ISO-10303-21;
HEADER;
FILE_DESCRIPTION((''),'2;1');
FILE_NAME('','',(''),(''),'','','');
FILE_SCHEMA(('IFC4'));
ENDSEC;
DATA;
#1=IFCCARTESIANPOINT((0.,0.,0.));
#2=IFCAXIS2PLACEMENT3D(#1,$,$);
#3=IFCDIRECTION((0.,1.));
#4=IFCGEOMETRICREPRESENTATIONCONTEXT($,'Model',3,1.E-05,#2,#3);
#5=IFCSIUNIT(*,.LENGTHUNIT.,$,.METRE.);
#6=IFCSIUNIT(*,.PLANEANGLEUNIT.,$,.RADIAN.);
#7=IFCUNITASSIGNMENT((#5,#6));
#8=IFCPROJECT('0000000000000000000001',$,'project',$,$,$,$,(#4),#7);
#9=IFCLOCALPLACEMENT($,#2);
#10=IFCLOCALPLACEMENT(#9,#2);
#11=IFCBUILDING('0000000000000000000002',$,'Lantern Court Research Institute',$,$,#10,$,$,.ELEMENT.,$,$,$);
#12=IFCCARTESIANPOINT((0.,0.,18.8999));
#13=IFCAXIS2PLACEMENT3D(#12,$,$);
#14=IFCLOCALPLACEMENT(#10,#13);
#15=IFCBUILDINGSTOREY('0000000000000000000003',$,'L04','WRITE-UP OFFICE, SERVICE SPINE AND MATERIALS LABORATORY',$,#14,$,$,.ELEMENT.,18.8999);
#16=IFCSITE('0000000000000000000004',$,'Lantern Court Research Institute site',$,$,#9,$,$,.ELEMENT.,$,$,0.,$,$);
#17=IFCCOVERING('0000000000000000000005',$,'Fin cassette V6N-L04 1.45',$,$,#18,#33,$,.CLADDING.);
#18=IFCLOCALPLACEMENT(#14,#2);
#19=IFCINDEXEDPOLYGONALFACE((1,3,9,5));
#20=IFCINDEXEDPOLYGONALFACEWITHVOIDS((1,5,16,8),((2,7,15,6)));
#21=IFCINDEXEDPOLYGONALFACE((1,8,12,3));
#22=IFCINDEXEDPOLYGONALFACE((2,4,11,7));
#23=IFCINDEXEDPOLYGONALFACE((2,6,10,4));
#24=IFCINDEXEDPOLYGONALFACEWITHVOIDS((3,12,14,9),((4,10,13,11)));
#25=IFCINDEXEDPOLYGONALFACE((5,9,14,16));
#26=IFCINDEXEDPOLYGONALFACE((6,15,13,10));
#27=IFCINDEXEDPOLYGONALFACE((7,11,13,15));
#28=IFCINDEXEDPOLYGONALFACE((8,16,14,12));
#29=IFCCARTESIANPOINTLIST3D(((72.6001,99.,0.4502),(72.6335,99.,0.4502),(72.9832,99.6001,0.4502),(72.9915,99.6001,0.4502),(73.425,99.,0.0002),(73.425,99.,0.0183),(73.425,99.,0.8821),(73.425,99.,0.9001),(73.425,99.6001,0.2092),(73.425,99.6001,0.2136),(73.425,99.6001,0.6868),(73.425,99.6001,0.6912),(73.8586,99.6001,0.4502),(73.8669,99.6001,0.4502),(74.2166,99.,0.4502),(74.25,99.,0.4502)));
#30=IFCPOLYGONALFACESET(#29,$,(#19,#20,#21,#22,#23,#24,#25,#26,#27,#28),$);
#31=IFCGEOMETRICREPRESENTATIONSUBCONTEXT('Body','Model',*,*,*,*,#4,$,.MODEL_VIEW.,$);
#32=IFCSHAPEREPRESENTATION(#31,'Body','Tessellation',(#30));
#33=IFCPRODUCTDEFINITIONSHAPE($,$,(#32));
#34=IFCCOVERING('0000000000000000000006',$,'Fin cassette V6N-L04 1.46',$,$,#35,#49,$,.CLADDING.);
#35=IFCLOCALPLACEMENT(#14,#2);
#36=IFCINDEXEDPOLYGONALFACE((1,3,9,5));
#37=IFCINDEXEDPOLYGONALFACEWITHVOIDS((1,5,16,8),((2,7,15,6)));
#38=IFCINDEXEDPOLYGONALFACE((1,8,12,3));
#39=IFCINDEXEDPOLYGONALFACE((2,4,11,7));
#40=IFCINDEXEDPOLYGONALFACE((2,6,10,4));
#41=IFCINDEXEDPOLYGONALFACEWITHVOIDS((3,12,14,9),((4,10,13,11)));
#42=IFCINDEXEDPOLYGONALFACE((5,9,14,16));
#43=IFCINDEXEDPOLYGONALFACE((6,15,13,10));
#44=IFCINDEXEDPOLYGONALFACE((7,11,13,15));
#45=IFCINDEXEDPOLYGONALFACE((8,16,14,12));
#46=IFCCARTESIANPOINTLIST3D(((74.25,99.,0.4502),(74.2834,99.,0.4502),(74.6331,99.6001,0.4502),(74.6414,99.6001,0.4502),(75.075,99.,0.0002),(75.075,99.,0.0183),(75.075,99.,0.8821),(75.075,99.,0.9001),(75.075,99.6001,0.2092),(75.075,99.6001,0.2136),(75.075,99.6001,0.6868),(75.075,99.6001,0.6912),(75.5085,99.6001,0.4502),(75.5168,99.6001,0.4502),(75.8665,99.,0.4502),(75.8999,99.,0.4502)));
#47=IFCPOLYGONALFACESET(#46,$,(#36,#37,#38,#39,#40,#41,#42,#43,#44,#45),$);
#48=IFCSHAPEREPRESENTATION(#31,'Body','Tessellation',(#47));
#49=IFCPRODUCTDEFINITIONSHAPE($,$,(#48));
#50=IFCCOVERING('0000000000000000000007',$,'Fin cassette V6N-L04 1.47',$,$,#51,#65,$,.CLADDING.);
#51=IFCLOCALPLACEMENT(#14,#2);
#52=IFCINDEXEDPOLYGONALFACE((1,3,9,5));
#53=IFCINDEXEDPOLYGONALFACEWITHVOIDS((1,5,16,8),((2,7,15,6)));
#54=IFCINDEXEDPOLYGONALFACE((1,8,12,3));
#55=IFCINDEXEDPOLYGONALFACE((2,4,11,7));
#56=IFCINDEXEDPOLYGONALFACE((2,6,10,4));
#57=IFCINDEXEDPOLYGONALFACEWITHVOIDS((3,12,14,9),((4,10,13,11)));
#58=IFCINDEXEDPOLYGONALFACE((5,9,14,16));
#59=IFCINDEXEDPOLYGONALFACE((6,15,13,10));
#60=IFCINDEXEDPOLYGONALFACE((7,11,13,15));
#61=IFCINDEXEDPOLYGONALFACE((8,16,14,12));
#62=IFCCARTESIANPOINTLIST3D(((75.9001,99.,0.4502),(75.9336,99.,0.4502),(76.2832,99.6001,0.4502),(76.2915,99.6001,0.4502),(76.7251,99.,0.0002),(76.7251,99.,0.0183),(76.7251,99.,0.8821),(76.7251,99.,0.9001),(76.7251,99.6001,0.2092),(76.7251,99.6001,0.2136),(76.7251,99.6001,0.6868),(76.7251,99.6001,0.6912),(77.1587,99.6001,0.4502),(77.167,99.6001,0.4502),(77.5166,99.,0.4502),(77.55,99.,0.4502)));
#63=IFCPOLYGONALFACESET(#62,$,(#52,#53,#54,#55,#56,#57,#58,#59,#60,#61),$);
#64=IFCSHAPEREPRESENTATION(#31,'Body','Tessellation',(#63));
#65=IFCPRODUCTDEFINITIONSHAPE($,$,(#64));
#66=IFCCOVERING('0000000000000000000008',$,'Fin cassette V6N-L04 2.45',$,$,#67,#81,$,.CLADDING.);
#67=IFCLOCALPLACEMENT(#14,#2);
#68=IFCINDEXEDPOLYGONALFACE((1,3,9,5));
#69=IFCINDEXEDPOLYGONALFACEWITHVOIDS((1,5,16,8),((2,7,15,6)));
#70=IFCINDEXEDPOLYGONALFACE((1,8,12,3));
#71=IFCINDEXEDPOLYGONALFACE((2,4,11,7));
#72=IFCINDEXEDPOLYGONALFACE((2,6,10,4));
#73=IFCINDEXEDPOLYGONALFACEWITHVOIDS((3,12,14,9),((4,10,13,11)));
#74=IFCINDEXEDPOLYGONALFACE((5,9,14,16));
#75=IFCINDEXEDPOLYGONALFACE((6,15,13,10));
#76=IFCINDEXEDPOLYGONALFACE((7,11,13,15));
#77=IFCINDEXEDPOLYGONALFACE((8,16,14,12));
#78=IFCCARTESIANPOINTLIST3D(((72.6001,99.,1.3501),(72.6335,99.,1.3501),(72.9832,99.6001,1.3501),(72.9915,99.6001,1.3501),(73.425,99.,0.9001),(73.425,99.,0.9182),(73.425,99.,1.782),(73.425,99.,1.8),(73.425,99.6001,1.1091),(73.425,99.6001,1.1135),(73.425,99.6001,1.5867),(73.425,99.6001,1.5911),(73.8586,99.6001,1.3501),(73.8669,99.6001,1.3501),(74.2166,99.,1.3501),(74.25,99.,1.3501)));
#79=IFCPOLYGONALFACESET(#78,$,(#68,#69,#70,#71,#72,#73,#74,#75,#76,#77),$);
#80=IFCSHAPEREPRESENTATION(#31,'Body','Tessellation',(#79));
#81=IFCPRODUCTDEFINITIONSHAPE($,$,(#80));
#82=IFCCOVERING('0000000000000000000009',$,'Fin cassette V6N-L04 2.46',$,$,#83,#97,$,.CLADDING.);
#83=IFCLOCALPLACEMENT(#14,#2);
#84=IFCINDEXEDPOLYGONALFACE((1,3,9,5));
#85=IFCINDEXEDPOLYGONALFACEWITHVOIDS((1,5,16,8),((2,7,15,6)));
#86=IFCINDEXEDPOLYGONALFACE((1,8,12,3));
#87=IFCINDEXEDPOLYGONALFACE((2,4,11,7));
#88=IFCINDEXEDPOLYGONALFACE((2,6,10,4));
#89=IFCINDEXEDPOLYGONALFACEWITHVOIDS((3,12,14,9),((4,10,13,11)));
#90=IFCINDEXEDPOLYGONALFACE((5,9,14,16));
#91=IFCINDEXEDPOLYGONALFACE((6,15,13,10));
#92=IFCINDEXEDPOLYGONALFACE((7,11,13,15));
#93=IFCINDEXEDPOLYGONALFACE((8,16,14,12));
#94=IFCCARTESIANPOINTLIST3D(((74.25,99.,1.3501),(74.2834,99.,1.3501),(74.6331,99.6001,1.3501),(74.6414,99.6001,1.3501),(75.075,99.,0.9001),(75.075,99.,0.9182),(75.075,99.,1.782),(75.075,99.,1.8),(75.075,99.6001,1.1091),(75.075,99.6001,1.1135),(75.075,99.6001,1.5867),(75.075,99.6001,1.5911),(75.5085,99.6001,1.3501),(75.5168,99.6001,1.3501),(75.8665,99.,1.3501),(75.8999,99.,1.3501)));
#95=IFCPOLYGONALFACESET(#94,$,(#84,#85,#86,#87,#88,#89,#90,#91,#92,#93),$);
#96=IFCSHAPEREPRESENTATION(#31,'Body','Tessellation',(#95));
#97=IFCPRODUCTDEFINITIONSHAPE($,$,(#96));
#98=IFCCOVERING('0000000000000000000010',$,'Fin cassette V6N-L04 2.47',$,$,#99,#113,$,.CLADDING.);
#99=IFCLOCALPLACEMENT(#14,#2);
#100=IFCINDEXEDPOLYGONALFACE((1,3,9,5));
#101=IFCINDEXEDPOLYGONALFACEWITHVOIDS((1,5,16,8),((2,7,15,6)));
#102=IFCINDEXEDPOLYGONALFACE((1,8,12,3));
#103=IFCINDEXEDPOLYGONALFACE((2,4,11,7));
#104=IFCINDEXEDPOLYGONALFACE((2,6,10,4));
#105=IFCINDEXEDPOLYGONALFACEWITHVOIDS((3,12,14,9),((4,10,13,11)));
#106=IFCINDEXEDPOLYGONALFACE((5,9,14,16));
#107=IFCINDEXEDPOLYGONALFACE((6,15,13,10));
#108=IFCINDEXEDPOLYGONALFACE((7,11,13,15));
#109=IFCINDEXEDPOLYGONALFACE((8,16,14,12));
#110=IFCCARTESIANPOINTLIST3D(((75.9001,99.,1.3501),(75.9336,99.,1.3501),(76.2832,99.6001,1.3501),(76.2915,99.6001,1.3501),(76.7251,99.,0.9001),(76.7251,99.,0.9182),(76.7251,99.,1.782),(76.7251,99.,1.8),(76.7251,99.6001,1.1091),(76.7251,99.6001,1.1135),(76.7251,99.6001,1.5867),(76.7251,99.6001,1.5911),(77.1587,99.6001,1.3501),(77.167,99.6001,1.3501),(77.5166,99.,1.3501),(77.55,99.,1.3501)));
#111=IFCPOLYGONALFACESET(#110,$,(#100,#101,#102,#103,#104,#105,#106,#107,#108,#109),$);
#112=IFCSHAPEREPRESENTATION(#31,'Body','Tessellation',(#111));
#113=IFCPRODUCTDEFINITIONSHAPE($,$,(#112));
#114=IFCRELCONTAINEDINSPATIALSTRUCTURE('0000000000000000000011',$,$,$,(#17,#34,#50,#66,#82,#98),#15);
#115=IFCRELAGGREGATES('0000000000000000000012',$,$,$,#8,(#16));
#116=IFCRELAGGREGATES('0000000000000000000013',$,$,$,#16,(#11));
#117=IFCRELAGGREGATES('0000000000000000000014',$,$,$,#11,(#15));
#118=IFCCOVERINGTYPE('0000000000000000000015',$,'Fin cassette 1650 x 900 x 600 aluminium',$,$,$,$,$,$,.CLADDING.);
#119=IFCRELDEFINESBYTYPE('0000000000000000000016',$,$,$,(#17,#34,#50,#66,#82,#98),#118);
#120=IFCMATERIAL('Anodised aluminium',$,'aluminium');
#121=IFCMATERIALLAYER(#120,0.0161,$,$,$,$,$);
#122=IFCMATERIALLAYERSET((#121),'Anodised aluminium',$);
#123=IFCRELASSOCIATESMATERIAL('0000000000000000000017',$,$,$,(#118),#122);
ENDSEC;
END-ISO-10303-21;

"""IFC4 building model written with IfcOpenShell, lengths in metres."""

from ifc_helpers import new_model, entity, si_unit, direction, frame, origin, place, context, subcontext, project, spatial, material, layer, layer_set, type_object, element, save


model = new_model("IFC4")

# Units and contexts
model_context = context("Model", 3, precision=1e-05, world=origin(), true_north=direction((0.0, 1.0)))
body_context = subcontext(model_context, "Body", "Model", "MODEL_VIEW")
ifc_project = project(units=[si_unit("LENGTHUNIT", "METRE"), si_unit("PLANEANGLEUNIT", "RADIAN")], contexts=[model_context])

# Site, building, storey
site_placement = place(None, origin())
site = spatial("IfcSite", under=ifc_project, at=site_placement, Name="Lantern Court Research Institute site", CompositionType="ELEMENT", RefElevation=0.0)
building_placement = place(site_placement, origin())
building = spatial("IfcBuilding", under=site, at=building_placement, Name="Lantern Court Research Institute", CompositionType="ELEMENT")
storey_placement = place(building_placement, frame((0.0, 0.0, 18.8999)))
storey = spatial("IfcBuildingStorey", under=building, at=storey_placement, Name="L04", Description="WRITE-UP OFFICE, SERVICE SPINE AND MATERIALS LABORATORY", CompositionType="ELEMENT", Elevation=18.8999)

# Coverings
ifc_material_1 = material(Name="Anodised aluminium", Category="aluminium")
ifc_layer_1 = layer(ifc_material_1, 0.0161)
ifc_layer_set_1 = layer_set([ifc_layer_1], Name="Anodised aluminium")
covering_type = type_object("IfcCoveringType", Name="Fin cassette 1650 x 900 x 600 aluminium", PredefinedType="CLADDING", material=ifc_layer_set_1)
covering_1_placement = place(storey_placement, frame((73.425, 99.0, 0.4502), z_axis=(0.0, 1.0, 0.0), x_axis=(-1.0, 0.0, 0.0)))
cartesian_point_1 = entity("IfcCartesianPoint", [0.825, 0.0])
cartesian_point_2 = entity("IfcCartesianPoint", [0.7915, 0.0])
cartesian_point_3 = entity("IfcCartesianPoint", [0.4419, 0.0])
cartesian_point_4 = entity("IfcCartesianPoint", [0.4336, 0.0])
element("IfcCovering", 1, at=covering_1_placement, inside=storey, type_object=covering_type, Name="Fin cassette V6N-L04 1.45", PredefinedType="CLADDING", context=body_context, shape_type="SweptSolid", body=[
    entity("IfcExtrudedAreaSolidTapered", entity("IfcArbitraryProfileDefWithVoids", "AREA", None, entity("IfcPolyline", [cartesian_point_1, entity("IfcCartesianPoint", [0.0, 0.45]), entity("IfcCartesianPoint", [-0.825, 0.0]), entity("IfcCartesianPoint", [0.0, -0.45]), cartesian_point_1]), [entity("IfcPolyline", [cartesian_point_2, entity("IfcCartesianPoint", [0.0, 0.4319]), entity("IfcCartesianPoint", [-0.7915, 0.0]), entity("IfcCartesianPoint", [0.0, -0.4319]), cartesian_point_2])]), entity("IfcAxis2Placement3D", entity("IfcCartesianPoint", [0.0, 0.0, 0.0])), entity("IfcDirection", [0.0, 0.0, 1.0]), 0.6001, entity("IfcArbitraryProfileDefWithVoids", "AREA", None, entity("IfcPolyline", [cartesian_point_3, entity("IfcCartesianPoint", [0.0, 0.241]), entity("IfcCartesianPoint", [-0.4419, 0.0]), entity("IfcCartesianPoint", [0.0, -0.241]), cartesian_point_3]), [entity("IfcPolyline", [cartesian_point_4, entity("IfcCartesianPoint", [0.0, 0.2366]), entity("IfcCartesianPoint", [-0.4336, 0.0]), entity("IfcCartesianPoint", [0.0, -0.2366]), cartesian_point_4])])),
])
covering_2_placement = place(storey_placement, frame((75.075, 99.0, 0.4502), z_axis=(0.0, 1.0, 0.0), x_axis=(-1.0, 0.0, 0.0)))
cartesian_point_5 = entity("IfcCartesianPoint", [0.825, 0.0])
cartesian_point_6 = entity("IfcCartesianPoint", [0.7915, 0.0])
cartesian_point_7 = entity("IfcCartesianPoint", [0.4419, 0.0])
cartesian_point_8 = entity("IfcCartesianPoint", [0.4336, 0.0])
element("IfcCovering", 2, at=covering_2_placement, inside=storey, type_object=covering_type, Name="Fin cassette V6N-L04 1.46", PredefinedType="CLADDING", context=body_context, shape_type="SweptSolid", body=[
    entity("IfcExtrudedAreaSolidTapered", entity("IfcArbitraryProfileDefWithVoids", "AREA", None, entity("IfcPolyline", [cartesian_point_5, entity("IfcCartesianPoint", [0.0, 0.45]), entity("IfcCartesianPoint", [-0.825, 0.0]), entity("IfcCartesianPoint", [0.0, -0.45]), cartesian_point_5]), [entity("IfcPolyline", [cartesian_point_6, entity("IfcCartesianPoint", [0.0, 0.4319]), entity("IfcCartesianPoint", [-0.7915, 0.0]), entity("IfcCartesianPoint", [0.0, -0.4319]), cartesian_point_6])]), entity("IfcAxis2Placement3D", entity("IfcCartesianPoint", [0.0, 0.0, 0.0])), entity("IfcDirection", [0.0, 0.0, 1.0]), 0.6001, entity("IfcArbitraryProfileDefWithVoids", "AREA", None, entity("IfcPolyline", [cartesian_point_7, entity("IfcCartesianPoint", [0.0, 0.241]), entity("IfcCartesianPoint", [-0.4419, 0.0]), entity("IfcCartesianPoint", [0.0, -0.241]), cartesian_point_7]), [entity("IfcPolyline", [cartesian_point_8, entity("IfcCartesianPoint", [0.0, 0.2366]), entity("IfcCartesianPoint", [-0.4336, 0.0]), entity("IfcCartesianPoint", [0.0, -0.2366]), cartesian_point_8])])),
])
covering_3_placement = place(storey_placement, frame((76.7251, 99.0, 0.4502), z_axis=(0.0, 1.0, 0.0), x_axis=(-1.0, 0.0, 0.0)))
cartesian_point_9 = entity("IfcCartesianPoint", [0.825, 0.0])
cartesian_point_10 = entity("IfcCartesianPoint", [0.7915, 0.0])
cartesian_point_11 = entity("IfcCartesianPoint", [0.4419, 0.0])
cartesian_point_12 = entity("IfcCartesianPoint", [0.4336, 0.0])
element("IfcCovering", 3, at=covering_3_placement, inside=storey, type_object=covering_type, Name="Fin cassette V6N-L04 1.47", PredefinedType="CLADDING", context=body_context, shape_type="SweptSolid", body=[
    entity("IfcExtrudedAreaSolidTapered", entity("IfcArbitraryProfileDefWithVoids", "AREA", None, entity("IfcPolyline", [cartesian_point_9, entity("IfcCartesianPoint", [0.0, 0.45]), entity("IfcCartesianPoint", [-0.825, 0.0]), entity("IfcCartesianPoint", [0.0, -0.45]), cartesian_point_9]), [entity("IfcPolyline", [cartesian_point_10, entity("IfcCartesianPoint", [0.0, 0.4319]), entity("IfcCartesianPoint", [-0.7915, 0.0]), entity("IfcCartesianPoint", [0.0, -0.4319]), cartesian_point_10])]), entity("IfcAxis2Placement3D", entity("IfcCartesianPoint", [0.0, 0.0, 0.0])), entity("IfcDirection", [0.0, 0.0, 1.0]), 0.6001, entity("IfcArbitraryProfileDefWithVoids", "AREA", None, entity("IfcPolyline", [cartesian_point_11, entity("IfcCartesianPoint", [0.0, 0.241]), entity("IfcCartesianPoint", [-0.4419, 0.0]), entity("IfcCartesianPoint", [0.0, -0.241]), cartesian_point_11]), [entity("IfcPolyline", [cartesian_point_12, entity("IfcCartesianPoint", [0.0, 0.2366]), entity("IfcCartesianPoint", [-0.4336, 0.0]), entity("IfcCartesianPoint", [0.0, -0.2366]), cartesian_point_12])])),
])
covering_4_placement = place(storey_placement, frame((73.425, 99.0, 1.3501), z_axis=(0.0, 1.0, 0.0), x_axis=(-1.0, 0.0, 0.0)))
cartesian_point_13 = entity("IfcCartesianPoint", [0.825, 0.0])
cartesian_point_14 = entity("IfcCartesianPoint", [0.7915, 0.0])
cartesian_point_15 = entity("IfcCartesianPoint", [0.4419, 0.0])
cartesian_point_16 = entity("IfcCartesianPoint", [0.4336, 0.0])
element("IfcCovering", 4, at=covering_4_placement, inside=storey, type_object=covering_type, Name="Fin cassette V6N-L04 2.45", PredefinedType="CLADDING", context=body_context, shape_type="SweptSolid", body=[
    entity("IfcExtrudedAreaSolidTapered", entity("IfcArbitraryProfileDefWithVoids", "AREA", None, entity("IfcPolyline", [cartesian_point_13, entity("IfcCartesianPoint", [0.0, 0.45]), entity("IfcCartesianPoint", [-0.825, 0.0]), entity("IfcCartesianPoint", [0.0, -0.45]), cartesian_point_13]), [entity("IfcPolyline", [cartesian_point_14, entity("IfcCartesianPoint", [0.0, 0.4319]), entity("IfcCartesianPoint", [-0.7915, 0.0]), entity("IfcCartesianPoint", [0.0, -0.4319]), cartesian_point_14])]), entity("IfcAxis2Placement3D", entity("IfcCartesianPoint", [0.0, 0.0, 0.0])), entity("IfcDirection", [0.0, 0.0, 1.0]), 0.6001, entity("IfcArbitraryProfileDefWithVoids", "AREA", None, entity("IfcPolyline", [cartesian_point_15, entity("IfcCartesianPoint", [0.0, 0.241]), entity("IfcCartesianPoint", [-0.4419, 0.0]), entity("IfcCartesianPoint", [0.0, -0.241]), cartesian_point_15]), [entity("IfcPolyline", [cartesian_point_16, entity("IfcCartesianPoint", [0.0, 0.2366]), entity("IfcCartesianPoint", [-0.4336, 0.0]), entity("IfcCartesianPoint", [0.0, -0.2366]), cartesian_point_16])])),
])
covering_5_placement = place(storey_placement, frame((75.075, 99.0, 1.3501), z_axis=(0.0, 1.0, 0.0), x_axis=(-1.0, 0.0, 0.0)))
cartesian_point_17 = entity("IfcCartesianPoint", [0.825, 0.0])
cartesian_point_18 = entity("IfcCartesianPoint", [0.7915, 0.0])
cartesian_point_19 = entity("IfcCartesianPoint", [0.4419, 0.0])
cartesian_point_20 = entity("IfcCartesianPoint", [0.4336, 0.0])
element("IfcCovering", 5, at=covering_5_placement, inside=storey, type_object=covering_type, Name="Fin cassette V6N-L04 2.46", PredefinedType="CLADDING", context=body_context, shape_type="SweptSolid", body=[
    entity("IfcExtrudedAreaSolidTapered", entity("IfcArbitraryProfileDefWithVoids", "AREA", None, entity("IfcPolyline", [cartesian_point_17, entity("IfcCartesianPoint", [0.0, 0.45]), entity("IfcCartesianPoint", [-0.825, 0.0]), entity("IfcCartesianPoint", [0.0, -0.45]), cartesian_point_17]), [entity("IfcPolyline", [cartesian_point_18, entity("IfcCartesianPoint", [0.0, 0.4319]), entity("IfcCartesianPoint", [-0.7915, 0.0]), entity("IfcCartesianPoint", [0.0, -0.4319]), cartesian_point_18])]), entity("IfcAxis2Placement3D", entity("IfcCartesianPoint", [0.0, 0.0, 0.0])), entity("IfcDirection", [0.0, 0.0, 1.0]), 0.6001, entity("IfcArbitraryProfileDefWithVoids", "AREA", None, entity("IfcPolyline", [cartesian_point_19, entity("IfcCartesianPoint", [0.0, 0.241]), entity("IfcCartesianPoint", [-0.4419, 0.0]), entity("IfcCartesianPoint", [0.0, -0.241]), cartesian_point_19]), [entity("IfcPolyline", [cartesian_point_20, entity("IfcCartesianPoint", [0.0, 0.2366]), entity("IfcCartesianPoint", [-0.4336, 0.0]), entity("IfcCartesianPoint", [0.0, -0.2366]), cartesian_point_20])])),
])
covering_6_placement = place(storey_placement, frame((76.7251, 99.0, 1.3501), z_axis=(0.0, 1.0, 0.0), x_axis=(-1.0, 0.0, 0.0)))
cartesian_point_21 = entity("IfcCartesianPoint", [0.825, 0.0])
cartesian_point_22 = entity("IfcCartesianPoint", [0.7915, 0.0])
cartesian_point_23 = entity("IfcCartesianPoint", [0.4419, 0.0])
cartesian_point_24 = entity("IfcCartesianPoint", [0.4336, 0.0])
element("IfcCovering", 6, at=covering_6_placement, inside=storey, type_object=covering_type, Name="Fin cassette V6N-L04 2.47", PredefinedType="CLADDING", context=body_context, shape_type="SweptSolid", body=[
    entity("IfcExtrudedAreaSolidTapered", entity("IfcArbitraryProfileDefWithVoids", "AREA", None, entity("IfcPolyline", [cartesian_point_21, entity("IfcCartesianPoint", [0.0, 0.45]), entity("IfcCartesianPoint", [-0.825, 0.0]), entity("IfcCartesianPoint", [0.0, -0.45]), cartesian_point_21]), [entity("IfcPolyline", [cartesian_point_22, entity("IfcCartesianPoint", [0.0, 0.4319]), entity("IfcCartesianPoint", [-0.7915, 0.0]), entity("IfcCartesianPoint", [0.0, -0.4319]), cartesian_point_22])]), entity("IfcAxis2Placement3D", entity("IfcCartesianPoint", [0.0, 0.0, 0.0])), entity("IfcDirection", [0.0, 0.0, 1.0]), 0.6001, entity("IfcArbitraryProfileDefWithVoids", "AREA", None, entity("IfcPolyline", [cartesian_point_23, entity("IfcCartesianPoint", [0.0, 0.241]), entity("IfcCartesianPoint", [-0.4419, 0.0]), entity("IfcCartesianPoint", [0.0, -0.241]), cartesian_point_23]), [entity("IfcPolyline", [cartesian_point_24, entity("IfcCartesianPoint", [0.0, 0.2366]), entity("IfcCartesianPoint", [-0.4336, 0.0]), entity("IfcCartesianPoint", [0.0, -0.2366]), cartesian_point_24])])),
])

save(model, "model.ifc")
